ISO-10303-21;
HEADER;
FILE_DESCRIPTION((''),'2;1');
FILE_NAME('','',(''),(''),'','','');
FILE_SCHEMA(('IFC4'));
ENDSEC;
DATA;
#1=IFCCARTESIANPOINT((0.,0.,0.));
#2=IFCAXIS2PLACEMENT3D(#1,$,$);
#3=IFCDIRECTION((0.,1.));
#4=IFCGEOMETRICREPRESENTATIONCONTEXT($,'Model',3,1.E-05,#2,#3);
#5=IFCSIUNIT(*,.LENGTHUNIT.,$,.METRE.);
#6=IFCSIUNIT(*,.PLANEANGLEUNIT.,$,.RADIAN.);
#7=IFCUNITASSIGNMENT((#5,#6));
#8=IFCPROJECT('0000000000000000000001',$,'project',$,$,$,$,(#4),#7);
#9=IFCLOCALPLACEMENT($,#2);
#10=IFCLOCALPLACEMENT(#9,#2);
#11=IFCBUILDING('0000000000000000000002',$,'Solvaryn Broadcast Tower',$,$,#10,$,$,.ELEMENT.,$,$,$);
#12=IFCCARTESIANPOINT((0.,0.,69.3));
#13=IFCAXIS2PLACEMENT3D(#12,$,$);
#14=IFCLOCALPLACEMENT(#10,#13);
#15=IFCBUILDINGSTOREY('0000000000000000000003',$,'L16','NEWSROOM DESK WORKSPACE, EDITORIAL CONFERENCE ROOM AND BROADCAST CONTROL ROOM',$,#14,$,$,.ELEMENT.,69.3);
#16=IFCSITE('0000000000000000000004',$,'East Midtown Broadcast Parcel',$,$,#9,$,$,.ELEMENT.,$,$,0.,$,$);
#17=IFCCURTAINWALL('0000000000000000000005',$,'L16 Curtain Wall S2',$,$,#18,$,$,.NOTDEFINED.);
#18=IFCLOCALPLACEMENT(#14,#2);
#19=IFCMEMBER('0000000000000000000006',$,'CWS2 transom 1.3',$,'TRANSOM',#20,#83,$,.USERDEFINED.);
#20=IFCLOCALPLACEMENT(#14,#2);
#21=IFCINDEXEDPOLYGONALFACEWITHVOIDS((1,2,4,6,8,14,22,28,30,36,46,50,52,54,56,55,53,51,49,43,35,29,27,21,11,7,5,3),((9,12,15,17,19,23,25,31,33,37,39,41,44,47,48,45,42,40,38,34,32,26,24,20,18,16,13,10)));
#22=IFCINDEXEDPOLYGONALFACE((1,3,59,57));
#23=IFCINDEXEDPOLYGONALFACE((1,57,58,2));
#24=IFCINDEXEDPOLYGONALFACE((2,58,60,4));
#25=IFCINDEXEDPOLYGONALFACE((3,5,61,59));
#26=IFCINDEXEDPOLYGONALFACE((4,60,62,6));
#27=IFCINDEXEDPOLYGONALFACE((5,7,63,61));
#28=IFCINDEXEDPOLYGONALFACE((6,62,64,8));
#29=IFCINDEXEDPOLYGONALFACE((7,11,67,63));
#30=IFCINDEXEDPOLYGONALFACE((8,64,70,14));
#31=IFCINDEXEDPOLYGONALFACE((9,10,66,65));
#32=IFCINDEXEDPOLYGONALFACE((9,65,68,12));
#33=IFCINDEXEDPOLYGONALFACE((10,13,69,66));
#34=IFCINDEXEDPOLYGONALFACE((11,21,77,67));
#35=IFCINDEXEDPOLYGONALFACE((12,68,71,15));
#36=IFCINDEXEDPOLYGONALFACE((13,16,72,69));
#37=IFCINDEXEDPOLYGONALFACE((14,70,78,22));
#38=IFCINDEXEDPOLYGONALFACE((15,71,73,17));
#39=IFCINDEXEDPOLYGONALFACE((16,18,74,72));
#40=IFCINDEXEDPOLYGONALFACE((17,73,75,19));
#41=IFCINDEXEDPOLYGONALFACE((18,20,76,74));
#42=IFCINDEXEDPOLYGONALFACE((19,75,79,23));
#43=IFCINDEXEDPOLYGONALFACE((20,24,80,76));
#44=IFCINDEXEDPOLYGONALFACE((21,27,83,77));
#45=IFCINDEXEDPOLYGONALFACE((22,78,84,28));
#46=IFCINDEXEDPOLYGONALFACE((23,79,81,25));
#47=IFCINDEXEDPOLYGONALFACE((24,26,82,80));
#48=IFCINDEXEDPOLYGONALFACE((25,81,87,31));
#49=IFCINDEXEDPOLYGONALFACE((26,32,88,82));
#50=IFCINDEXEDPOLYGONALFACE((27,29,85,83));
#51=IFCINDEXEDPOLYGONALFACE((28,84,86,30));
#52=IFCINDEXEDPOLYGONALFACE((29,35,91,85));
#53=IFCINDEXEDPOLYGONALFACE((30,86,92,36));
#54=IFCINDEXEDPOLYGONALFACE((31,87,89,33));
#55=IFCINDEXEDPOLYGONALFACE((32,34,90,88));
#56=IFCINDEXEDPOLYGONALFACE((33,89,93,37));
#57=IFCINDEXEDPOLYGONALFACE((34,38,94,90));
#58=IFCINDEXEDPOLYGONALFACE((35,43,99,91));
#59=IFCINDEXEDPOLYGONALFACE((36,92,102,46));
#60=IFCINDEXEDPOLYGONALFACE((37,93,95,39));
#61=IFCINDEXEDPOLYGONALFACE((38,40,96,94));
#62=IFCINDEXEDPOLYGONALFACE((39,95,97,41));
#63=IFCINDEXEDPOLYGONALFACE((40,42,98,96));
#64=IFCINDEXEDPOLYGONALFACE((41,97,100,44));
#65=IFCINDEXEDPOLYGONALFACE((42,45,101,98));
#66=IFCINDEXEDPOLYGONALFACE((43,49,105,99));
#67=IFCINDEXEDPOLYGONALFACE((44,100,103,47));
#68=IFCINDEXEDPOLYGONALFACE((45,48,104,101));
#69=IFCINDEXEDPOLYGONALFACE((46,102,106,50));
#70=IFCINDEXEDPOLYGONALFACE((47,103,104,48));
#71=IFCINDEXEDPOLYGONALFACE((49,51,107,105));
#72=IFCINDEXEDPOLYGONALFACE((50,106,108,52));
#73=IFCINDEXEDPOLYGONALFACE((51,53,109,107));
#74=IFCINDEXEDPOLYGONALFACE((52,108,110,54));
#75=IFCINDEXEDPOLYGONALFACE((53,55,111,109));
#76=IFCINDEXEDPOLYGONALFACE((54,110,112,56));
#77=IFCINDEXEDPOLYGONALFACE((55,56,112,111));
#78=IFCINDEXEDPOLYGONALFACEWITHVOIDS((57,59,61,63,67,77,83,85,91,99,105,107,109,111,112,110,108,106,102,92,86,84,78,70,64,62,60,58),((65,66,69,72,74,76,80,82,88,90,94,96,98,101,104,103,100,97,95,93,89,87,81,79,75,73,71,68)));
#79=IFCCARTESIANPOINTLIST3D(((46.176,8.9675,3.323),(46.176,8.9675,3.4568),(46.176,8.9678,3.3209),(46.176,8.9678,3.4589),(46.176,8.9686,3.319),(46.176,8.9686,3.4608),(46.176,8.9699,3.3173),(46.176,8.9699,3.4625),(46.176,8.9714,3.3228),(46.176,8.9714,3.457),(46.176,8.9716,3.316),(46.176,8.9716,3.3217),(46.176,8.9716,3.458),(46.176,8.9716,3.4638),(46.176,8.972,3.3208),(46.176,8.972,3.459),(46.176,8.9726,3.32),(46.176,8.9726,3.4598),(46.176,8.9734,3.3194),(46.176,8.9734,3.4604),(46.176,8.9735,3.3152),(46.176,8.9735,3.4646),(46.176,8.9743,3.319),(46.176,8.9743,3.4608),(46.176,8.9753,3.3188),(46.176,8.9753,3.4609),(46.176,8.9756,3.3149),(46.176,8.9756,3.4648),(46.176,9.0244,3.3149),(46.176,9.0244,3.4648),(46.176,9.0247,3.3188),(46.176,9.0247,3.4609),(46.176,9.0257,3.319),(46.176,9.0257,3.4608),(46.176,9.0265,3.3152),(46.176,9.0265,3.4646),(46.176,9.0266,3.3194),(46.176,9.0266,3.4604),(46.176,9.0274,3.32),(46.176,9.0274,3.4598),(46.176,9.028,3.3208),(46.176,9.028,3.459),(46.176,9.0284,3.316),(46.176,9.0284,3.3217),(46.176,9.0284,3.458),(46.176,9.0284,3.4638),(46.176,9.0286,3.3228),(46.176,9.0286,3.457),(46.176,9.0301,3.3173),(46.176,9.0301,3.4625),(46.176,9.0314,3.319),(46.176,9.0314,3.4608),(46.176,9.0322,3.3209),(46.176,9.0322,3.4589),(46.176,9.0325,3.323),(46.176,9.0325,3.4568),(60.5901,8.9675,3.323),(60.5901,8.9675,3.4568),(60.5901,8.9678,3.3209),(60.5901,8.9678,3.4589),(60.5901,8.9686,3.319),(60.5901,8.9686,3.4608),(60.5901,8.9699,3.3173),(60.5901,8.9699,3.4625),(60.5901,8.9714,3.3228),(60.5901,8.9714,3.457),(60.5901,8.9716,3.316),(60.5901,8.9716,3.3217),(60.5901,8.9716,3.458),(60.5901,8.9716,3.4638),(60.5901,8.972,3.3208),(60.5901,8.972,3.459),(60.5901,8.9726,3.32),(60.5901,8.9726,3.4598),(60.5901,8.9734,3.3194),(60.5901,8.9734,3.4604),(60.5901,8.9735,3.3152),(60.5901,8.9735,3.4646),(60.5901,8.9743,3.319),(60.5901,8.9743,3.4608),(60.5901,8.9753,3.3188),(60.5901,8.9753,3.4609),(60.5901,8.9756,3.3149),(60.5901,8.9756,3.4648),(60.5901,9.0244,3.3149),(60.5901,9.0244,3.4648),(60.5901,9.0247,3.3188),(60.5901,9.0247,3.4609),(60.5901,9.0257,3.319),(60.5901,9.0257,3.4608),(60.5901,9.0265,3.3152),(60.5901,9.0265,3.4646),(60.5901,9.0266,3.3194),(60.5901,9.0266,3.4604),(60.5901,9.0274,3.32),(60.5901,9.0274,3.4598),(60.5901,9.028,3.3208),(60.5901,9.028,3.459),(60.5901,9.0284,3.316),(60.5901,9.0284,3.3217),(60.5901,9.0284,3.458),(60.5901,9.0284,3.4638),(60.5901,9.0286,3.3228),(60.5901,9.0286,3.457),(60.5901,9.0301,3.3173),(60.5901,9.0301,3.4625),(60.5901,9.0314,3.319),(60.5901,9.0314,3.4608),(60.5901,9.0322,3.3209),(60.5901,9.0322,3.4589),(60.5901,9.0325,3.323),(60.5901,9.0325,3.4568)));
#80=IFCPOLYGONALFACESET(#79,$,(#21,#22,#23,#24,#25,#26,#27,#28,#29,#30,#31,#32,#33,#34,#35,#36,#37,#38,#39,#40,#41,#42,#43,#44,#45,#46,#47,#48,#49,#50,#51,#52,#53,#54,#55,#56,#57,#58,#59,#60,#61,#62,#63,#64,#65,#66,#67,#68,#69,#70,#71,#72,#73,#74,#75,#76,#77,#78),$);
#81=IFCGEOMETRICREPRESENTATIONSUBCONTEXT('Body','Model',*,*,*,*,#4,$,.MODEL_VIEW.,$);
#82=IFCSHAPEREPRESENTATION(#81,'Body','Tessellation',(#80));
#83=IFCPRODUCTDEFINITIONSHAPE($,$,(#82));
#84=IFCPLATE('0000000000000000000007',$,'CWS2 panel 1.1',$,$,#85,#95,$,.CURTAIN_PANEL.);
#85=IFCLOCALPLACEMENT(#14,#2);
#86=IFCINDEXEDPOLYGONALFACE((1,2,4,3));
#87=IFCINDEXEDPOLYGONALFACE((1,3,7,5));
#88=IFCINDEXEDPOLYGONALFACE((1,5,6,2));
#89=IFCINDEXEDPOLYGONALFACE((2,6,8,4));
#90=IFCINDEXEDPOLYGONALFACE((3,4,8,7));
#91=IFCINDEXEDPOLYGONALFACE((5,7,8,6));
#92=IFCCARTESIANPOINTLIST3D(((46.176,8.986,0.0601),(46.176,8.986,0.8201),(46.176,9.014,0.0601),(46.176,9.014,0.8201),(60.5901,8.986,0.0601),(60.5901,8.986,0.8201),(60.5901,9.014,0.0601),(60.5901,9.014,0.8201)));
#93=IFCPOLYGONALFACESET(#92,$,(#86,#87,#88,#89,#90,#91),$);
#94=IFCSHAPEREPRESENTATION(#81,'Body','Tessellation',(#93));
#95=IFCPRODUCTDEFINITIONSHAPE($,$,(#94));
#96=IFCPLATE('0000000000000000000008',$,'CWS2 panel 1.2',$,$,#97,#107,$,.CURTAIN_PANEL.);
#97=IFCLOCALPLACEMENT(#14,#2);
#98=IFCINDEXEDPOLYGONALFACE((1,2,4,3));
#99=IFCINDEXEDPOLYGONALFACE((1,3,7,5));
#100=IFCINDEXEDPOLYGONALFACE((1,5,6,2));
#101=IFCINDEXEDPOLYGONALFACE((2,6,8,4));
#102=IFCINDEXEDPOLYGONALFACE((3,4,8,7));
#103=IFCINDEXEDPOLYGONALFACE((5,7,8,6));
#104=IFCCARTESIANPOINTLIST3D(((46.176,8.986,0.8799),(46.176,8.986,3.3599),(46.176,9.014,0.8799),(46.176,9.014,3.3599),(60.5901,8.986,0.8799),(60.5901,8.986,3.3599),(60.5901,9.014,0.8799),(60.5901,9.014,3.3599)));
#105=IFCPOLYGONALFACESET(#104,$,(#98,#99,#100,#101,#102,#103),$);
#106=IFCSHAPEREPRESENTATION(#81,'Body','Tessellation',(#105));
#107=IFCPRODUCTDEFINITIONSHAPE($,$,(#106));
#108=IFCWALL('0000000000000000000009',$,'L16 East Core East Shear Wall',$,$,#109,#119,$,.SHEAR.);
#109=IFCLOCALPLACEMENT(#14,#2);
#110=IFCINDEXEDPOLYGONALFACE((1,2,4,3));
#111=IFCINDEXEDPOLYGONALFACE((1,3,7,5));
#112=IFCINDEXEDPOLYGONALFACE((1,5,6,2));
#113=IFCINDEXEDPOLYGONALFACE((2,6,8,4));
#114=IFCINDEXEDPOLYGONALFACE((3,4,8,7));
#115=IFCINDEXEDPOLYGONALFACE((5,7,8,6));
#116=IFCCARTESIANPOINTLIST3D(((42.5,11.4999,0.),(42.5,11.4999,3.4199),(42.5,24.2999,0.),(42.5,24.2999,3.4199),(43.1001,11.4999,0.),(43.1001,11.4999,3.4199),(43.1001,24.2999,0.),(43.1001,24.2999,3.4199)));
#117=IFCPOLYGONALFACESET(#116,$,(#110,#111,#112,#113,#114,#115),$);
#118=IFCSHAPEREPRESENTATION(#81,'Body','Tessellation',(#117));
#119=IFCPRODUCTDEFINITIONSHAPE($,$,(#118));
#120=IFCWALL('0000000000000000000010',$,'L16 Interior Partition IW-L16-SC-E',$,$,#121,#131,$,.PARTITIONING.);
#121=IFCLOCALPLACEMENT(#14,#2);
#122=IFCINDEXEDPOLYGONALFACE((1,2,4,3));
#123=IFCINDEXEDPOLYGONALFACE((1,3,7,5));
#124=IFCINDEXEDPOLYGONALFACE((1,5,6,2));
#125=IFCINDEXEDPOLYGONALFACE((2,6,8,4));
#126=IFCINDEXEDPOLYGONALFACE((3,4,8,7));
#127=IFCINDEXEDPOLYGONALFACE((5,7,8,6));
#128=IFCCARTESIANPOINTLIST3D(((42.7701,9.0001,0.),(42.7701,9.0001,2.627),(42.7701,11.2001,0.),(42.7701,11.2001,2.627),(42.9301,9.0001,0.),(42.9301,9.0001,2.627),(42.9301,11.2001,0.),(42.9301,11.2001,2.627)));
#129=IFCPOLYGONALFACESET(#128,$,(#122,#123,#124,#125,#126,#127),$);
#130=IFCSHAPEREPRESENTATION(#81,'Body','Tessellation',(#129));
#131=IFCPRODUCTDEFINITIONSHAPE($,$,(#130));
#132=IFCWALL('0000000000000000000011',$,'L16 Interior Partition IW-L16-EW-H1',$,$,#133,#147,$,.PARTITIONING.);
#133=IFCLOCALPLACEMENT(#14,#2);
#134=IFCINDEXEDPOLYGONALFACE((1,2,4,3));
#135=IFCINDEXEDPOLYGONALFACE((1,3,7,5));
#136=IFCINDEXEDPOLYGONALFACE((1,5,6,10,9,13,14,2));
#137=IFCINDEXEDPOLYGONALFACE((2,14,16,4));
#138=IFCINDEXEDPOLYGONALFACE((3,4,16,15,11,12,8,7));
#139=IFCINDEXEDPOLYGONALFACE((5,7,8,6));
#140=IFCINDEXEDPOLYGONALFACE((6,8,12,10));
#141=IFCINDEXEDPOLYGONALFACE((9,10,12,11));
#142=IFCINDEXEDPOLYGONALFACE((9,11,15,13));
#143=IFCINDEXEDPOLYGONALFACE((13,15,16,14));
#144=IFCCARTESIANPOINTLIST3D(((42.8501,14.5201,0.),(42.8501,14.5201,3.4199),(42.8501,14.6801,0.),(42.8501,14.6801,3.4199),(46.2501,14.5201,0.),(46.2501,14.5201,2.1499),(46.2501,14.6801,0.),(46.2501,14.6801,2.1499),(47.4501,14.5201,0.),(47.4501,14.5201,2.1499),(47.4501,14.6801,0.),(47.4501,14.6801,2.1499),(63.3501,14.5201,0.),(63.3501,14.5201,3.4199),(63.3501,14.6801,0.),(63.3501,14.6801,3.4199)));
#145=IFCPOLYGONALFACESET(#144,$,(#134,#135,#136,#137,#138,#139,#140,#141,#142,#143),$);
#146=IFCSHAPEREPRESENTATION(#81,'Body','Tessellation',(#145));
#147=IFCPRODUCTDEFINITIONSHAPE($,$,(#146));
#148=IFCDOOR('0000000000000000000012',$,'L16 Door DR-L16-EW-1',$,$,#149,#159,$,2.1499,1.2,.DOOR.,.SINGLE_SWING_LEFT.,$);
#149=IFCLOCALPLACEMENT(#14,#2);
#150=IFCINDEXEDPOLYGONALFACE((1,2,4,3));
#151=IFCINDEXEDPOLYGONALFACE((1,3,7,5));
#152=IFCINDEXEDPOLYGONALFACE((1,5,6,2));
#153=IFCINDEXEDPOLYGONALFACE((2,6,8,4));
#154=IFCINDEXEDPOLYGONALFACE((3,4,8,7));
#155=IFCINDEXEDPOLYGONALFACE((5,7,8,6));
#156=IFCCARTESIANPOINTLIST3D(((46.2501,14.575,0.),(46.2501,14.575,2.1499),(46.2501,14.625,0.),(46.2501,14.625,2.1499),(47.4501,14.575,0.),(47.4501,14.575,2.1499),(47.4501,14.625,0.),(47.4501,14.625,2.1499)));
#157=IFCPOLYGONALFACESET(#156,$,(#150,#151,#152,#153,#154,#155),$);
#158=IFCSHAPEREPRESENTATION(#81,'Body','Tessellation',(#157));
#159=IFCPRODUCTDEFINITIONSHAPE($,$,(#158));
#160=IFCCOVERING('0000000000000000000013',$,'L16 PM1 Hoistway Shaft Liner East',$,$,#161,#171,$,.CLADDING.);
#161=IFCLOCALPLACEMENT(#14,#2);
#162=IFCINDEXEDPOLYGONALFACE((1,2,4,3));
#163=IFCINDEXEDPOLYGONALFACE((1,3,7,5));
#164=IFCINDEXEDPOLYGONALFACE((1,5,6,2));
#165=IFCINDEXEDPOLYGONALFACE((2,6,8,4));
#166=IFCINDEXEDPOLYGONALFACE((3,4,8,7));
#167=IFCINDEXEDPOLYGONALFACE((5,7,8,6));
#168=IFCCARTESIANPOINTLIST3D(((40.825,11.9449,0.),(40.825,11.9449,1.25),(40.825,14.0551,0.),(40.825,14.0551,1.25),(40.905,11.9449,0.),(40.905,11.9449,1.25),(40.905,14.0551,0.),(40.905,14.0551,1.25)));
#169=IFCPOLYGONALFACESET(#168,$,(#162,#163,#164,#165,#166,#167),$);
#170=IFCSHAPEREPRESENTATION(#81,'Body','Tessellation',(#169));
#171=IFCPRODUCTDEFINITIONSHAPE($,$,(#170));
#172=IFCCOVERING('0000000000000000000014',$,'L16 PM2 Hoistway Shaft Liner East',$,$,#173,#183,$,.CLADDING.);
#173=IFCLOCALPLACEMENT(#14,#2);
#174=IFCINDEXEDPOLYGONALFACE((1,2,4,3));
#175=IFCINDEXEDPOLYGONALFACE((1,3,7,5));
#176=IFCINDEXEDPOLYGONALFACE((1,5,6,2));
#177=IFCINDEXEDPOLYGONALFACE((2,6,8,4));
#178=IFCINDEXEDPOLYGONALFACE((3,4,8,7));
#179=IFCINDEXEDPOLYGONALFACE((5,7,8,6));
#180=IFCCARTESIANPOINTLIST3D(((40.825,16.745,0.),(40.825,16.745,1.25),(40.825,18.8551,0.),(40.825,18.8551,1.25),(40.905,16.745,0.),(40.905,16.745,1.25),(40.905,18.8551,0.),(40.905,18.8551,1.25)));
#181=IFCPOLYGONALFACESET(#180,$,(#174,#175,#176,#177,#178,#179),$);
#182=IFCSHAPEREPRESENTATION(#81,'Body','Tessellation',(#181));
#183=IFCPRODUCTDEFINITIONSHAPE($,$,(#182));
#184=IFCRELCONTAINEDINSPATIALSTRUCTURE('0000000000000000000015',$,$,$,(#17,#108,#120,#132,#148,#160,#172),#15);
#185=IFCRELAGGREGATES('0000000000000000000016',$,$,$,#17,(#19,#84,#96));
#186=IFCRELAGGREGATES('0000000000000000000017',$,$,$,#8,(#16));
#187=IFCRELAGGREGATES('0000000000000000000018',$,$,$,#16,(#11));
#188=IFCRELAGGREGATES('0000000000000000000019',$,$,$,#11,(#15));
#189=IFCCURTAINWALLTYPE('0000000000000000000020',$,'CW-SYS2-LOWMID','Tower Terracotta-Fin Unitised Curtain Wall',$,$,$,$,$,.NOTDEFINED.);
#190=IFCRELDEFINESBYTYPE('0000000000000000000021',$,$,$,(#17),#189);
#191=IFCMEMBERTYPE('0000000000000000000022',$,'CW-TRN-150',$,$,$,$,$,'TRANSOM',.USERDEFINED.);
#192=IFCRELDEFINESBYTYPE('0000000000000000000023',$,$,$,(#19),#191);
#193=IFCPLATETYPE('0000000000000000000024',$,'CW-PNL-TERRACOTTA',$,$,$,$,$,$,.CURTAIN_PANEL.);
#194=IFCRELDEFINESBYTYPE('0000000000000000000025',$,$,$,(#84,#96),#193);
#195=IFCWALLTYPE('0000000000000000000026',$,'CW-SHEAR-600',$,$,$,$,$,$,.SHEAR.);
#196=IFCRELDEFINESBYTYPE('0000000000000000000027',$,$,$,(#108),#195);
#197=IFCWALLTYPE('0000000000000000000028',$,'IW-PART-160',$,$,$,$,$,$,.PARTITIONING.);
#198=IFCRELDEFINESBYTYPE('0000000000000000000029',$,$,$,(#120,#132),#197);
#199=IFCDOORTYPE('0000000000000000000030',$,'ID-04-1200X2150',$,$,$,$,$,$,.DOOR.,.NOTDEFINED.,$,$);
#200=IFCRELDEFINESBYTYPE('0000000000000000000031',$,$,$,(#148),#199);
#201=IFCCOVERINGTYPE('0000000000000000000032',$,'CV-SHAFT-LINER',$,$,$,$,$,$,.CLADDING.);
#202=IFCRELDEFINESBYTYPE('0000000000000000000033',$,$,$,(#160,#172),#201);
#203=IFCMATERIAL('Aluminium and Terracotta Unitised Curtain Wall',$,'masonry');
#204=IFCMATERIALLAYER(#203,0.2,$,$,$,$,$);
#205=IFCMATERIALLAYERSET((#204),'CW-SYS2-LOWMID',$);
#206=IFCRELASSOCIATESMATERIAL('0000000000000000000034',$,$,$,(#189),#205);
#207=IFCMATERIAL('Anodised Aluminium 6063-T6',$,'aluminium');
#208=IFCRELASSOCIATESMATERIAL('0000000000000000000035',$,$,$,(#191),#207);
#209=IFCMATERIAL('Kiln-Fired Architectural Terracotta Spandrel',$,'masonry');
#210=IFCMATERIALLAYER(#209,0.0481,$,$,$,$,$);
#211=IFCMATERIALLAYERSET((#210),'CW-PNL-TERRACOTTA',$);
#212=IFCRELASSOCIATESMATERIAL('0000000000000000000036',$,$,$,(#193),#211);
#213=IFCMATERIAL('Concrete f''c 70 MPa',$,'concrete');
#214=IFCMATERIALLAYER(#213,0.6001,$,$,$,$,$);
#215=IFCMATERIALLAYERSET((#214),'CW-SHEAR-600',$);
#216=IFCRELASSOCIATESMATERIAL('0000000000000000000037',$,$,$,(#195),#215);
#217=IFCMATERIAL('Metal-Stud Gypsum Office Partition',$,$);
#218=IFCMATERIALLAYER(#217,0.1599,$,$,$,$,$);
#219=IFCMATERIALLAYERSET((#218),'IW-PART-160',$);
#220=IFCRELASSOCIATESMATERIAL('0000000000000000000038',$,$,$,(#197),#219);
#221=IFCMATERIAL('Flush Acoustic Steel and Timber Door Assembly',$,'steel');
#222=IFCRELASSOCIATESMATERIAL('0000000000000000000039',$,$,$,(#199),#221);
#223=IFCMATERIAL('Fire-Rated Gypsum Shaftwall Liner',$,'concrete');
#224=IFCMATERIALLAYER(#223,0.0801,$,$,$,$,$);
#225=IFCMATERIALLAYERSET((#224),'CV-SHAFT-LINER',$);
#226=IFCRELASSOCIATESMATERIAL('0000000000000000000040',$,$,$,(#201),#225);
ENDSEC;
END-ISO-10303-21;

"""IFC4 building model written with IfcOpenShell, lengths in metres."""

from ifc_helpers import new_model, si_unit, direction, frame, frame_2d, origin, origin_2d, place, context, subcontext, project, spatial, rectangle, hollow_rectangle, extrude, material, layer, layer_set, material_profile, profile_set, type_object, element, fill, aggregate, save


model = new_model("IFC4")

# Units and contexts
model_context = context("Model", 3, precision=1e-05, world=origin(), true_north=direction((0.0, 1.0)))
body_context = subcontext(model_context, "Body", "Model", "MODEL_VIEW")
ifc_project = project(units=[si_unit("LENGTHUNIT", "METRE"), si_unit("PLANEANGLEUNIT", "RADIAN")], contexts=[model_context])

# Site, building, storey
site_placement = place(None, origin())
site = spatial("IfcSite", under=ifc_project, at=site_placement, Name="East Midtown Broadcast Parcel", CompositionType="ELEMENT", RefElevation=0.0)
building_placement = place(site_placement, origin())
building = spatial("IfcBuilding", under=site, at=building_placement, Name="Solvaryn Broadcast Tower", CompositionType="ELEMENT")
storey_placement = place(building_placement, frame((0.0, 0.0, 69.3)))
storey = spatial("IfcBuildingStorey", under=building, at=storey_placement, Name="L16", Description="NEWSROOM DESK WORKSPACE, EDITORIAL CONFERENCE ROOM AND BROADCAST CONTROL ROOM", CompositionType="ELEMENT", Elevation=69.3)

# Shared definitions
ifc_material_1 = material(Name="Aluminium and Terracotta Unitised Curtain Wall", Category="masonry")
ifc_layer_1 = layer(ifc_material_1, 0.2)
ifc_layer_set_1 = layer_set([ifc_layer_1], Name="CW-SYS2-LOWMID")
curtain_wall_type = type_object("IfcCurtainWallType", Name="CW-SYS2-LOWMID", Description="Tower Terracotta-Fin Unitised Curtain Wall", PredefinedType="NOTDEFINED", material=ifc_layer_set_1)

# Curtain wall, member, plates
curtain_wall_1_placement = place(storey_placement, origin())
curtain_wall_1 = element("IfcCurtainWall", 1, at=curtain_wall_1_placement, inside=storey, type_object=curtain_wall_type, Name="L16 Curtain Wall S2", PredefinedType="NOTDEFINED")
ifc_material_2 = material(Name="Anodised Aluminium 6063-T6", Category="aluminium")
ifc_material_profile_1 = material_profile(ifc_material_2, hollow_rectangle(XDim=0.0649, YDim=0.1499, WallThickness=0.0039, InnerFilletRadius=0.0039, OuterFilletRadius=0.0081, at=origin_2d()))
ifc_profile_set_1 = profile_set([ifc_material_profile_1], Name="Anodised Aluminium 6063-T6")
member_type_1 = type_object("IfcMemberType", Name="CW-TRN-150", ElementType="TRANSOM", PredefinedType="USERDEFINED", material=ifc_profile_set_1)
member_1_placement = place(storey_placement, frame((46.176, 9.0, 3.3899), z_axis=(1.0, 0.0, 0.0), x_axis=(0.0, 1.0, 0.0)))
member_1 = element("IfcMember", 2, at=member_1_placement, type_object=member_type_1, Name="CWS2 transom 1.3", ObjectType="TRANSOM", PredefinedType="USERDEFINED", context=body_context, shape_type="SweptSolid", body=[
    extrude(hollow_rectangle(XDim=0.0649, YDim=0.1499, WallThickness=0.0039, InnerFilletRadius=0.0039, OuterFilletRadius=0.0081, at=origin_2d()), origin(), (0.0, 0.0, 1.0), 14.4141),
])
ifc_material_3 = material(Name="Kiln-Fired Architectural Terracotta Spandrel", Category="masonry")
ifc_layer_2 = layer(ifc_material_3, 0.0481)
ifc_layer_set_2 = layer_set([ifc_layer_2], Name="CW-PNL-TERRACOTTA")
plate_type = type_object("IfcPlateType", Name="CW-PNL-TERRACOTTA", PredefinedType="CURTAIN_PANEL", material=ifc_layer_set_2)
plate_1_placement = place(storey_placement, frame((53.3831, 9.0, 0.0601), z_axis=(0.0, 0.0, 1.0), x_axis=(1.0, 0.0, 0.0)))
plate_1 = element("IfcPlate", 3, at=plate_1_placement, type_object=plate_type, Name="CWS2 panel 1.1", PredefinedType="CURTAIN_PANEL", context=body_context, shape_type="SweptSolid", body=[
    extrude(rectangle(XDim=14.4141, YDim=0.0281, at=origin_2d()), origin(), (0.0, 0.0, 1.0), 0.76),
])
plate_2_placement = place(storey_placement, frame((53.3831, 9.0, 0.8799), z_axis=(0.0, 0.0, 1.0), x_axis=(1.0, 0.0, 0.0)))
plate_2 = element("IfcPlate", 4, at=plate_2_placement, type_object=plate_type, Name="CWS2 panel 1.2", PredefinedType="CURTAIN_PANEL", context=body_context, shape_type="SweptSolid", body=[
    extrude(rectangle(XDim=14.4141, YDim=0.0281, at=origin_2d()), origin(), (0.0, 0.0, 1.0), 2.48),
])
aggregate(curtain_wall_1, [member_1, plate_1, plate_2])

# Walls
ifc_material_4 = material(Name="Concrete f'c 70 MPa", Category="concrete")
ifc_layer_3 = layer(ifc_material_4, 0.6001)
ifc_layer_set_3 = layer_set([ifc_layer_3], Name="CW-SHEAR-600")
wall_type_1 = type_object("IfcWallType", Name="CW-SHEAR-600", PredefinedType="SHEAR", material=ifc_layer_set_3)
wall_1_placement = place(storey_placement, frame((42.8, 11.5, 0.0), z_axis=(0.0, 0.0, 1.0), x_axis=(0.0, 1.0, 0.0)))
element("IfcWall", 5, at=wall_1_placement, inside=storey, type_object=wall_type_1, Name="L16 East Core East Shear Wall", PredefinedType="SHEAR", context=body_context, shape_type="SweptSolid", body=[
    extrude(rectangle(XDim=12.8, YDim=0.6001, at=frame_2d((6.3999, 0.0))), origin(), (0.0, 0.0, 1.0), 3.4199),
])
ifc_material_5 = material(Name="Metal-Stud Gypsum Office Partition")
ifc_layer_4 = layer(ifc_material_5, 0.1599)
ifc_layer_set_4 = layer_set([ifc_layer_4], Name="IW-PART-160")
wall_type_2 = type_object("IfcWallType", Name="IW-PART-160", PredefinedType="PARTITIONING", material=ifc_layer_set_4)
wall_2_placement = place(storey_placement, frame((42.8501, 9.0, 0.0), z_axis=(0.0, 0.0, 1.0), x_axis=(0.0, 1.0, 0.0)))
element("IfcWall", 6, at=wall_2_placement, inside=storey, type_object=wall_type_2, Name="L16 Interior Partition IW-L16-SC-E", PredefinedType="PARTITIONING", context=body_context, shape_type="SweptSolid", body=[
    extrude(rectangle(XDim=2.2, YDim=0.1599, at=frame_2d((1.1001, 0.0))), origin(), (0.0, 0.0, 1.0), 2.627),
])

# Wall, opening, door
wall_3_placement = place(storey_placement, frame((42.8501, 14.6001, 0.0), z_axis=(0.0, 0.0, 1.0), x_axis=(1.0, 0.0, 0.0)))
wall_3 = element("IfcWall", 7, at=wall_3_placement, inside=storey, type_object=wall_type_2, Name="L16 Interior Partition IW-L16-EW-H1", PredefinedType="PARTITIONING", context=body_context, shape_type="SweptSolid", body=[
    extrude(rectangle(XDim=20.5, YDim=0.1599, at=frame_2d((10.25, 0.0))), origin(), (0.0, 0.0, 1.0), 3.4199),
])
opening_1_placement = place(wall_3_placement, frame((3.3999, 0.0, 0.0)))
opening_1 = element("IfcOpeningElement", 8, at=opening_1_placement, cuts=wall_3, PredefinedType="OPENING", context=body_context, shape_type="SweptSolid", body=[
    extrude(rectangle(XDim=1.2, YDim=2.1499, at=frame_2d((0.6001, 1.075))), frame((0.0, 0.0901, 0.0), z_axis=(0.0, -1.0, 0.0), x_axis=(1.0, 0.0, 0.0)), (0.0, 0.0, 1.0), 0.1799),
])
ifc_material_6 = material(Name="Flush Acoustic Steel and Timber Door Assembly", Category="steel")
door_type_1 = type_object("IfcDoorType", Name="ID-04-1200X2150", OperationType="NOTDEFINED", PredefinedType="DOOR", material=ifc_material_6)
door_1_placement = place(opening_1_placement, origin())
door_1 = element("IfcDoor", 9, at=door_1_placement, inside=storey, type_object=door_type_1, Name="L16 Door DR-L16-EW-1", OperationType="SINGLE_SWING_LEFT", OverallHeight=2.1499, OverallWidth=1.2, PredefinedType="DOOR", context=body_context, shape_type="SweptSolid", body=[
    extrude(rectangle(XDim=1.2, YDim=2.1499, at=frame_2d((0.6001, 1.075))), frame((0.0, 0.0249, 0.0), z_axis=(0.0, -1.0, 0.0), x_axis=(1.0, 0.0, 0.0)), (0.0, 0.0, 1.0), 0.05),
])
fill(opening_1, door_1)

# Coverings
ifc_material_7 = material(Name="Fire-Rated Gypsum Shaftwall Liner", Category="concrete")
ifc_layer_5 = layer(ifc_material_7, 0.0801)
ifc_layer_set_5 = layer_set([ifc_layer_5], Name="CV-SHAFT-LINER")
covering_type_1 = type_object("IfcCoveringType", Name="CV-SHAFT-LINER", PredefinedType="CLADDING", material=ifc_layer_set_5)
for number, where, z_axis, x_axis, name in (
    (10, (40.865, 13.0, 0.0), (0.0, 0.0, 1.0), (1.0, 0.0, 0.0), "L16 PM1 Hoistway Shaft Liner East"),
    (11, (40.865, 17.8, 0.0), (0.0, 0.0, 1.0), (1.0, 0.0, 0.0), "L16 PM2 Hoistway Shaft Liner East"),
):
    element("IfcCovering", number, at=place(storey_placement, frame(where, z_axis=z_axis, x_axis=x_axis)), inside=storey, type_object=covering_type_1, Name=name, PredefinedType="CLADDING", context=body_context, shape_type="SweptSolid", body=[
        extrude(rectangle(XDim=0.0801, YDim=2.1101, at=origin_2d()), origin(), (0.0, 0.0, 1.0), 1.25),
    ])

save(model, "model.ifc")
